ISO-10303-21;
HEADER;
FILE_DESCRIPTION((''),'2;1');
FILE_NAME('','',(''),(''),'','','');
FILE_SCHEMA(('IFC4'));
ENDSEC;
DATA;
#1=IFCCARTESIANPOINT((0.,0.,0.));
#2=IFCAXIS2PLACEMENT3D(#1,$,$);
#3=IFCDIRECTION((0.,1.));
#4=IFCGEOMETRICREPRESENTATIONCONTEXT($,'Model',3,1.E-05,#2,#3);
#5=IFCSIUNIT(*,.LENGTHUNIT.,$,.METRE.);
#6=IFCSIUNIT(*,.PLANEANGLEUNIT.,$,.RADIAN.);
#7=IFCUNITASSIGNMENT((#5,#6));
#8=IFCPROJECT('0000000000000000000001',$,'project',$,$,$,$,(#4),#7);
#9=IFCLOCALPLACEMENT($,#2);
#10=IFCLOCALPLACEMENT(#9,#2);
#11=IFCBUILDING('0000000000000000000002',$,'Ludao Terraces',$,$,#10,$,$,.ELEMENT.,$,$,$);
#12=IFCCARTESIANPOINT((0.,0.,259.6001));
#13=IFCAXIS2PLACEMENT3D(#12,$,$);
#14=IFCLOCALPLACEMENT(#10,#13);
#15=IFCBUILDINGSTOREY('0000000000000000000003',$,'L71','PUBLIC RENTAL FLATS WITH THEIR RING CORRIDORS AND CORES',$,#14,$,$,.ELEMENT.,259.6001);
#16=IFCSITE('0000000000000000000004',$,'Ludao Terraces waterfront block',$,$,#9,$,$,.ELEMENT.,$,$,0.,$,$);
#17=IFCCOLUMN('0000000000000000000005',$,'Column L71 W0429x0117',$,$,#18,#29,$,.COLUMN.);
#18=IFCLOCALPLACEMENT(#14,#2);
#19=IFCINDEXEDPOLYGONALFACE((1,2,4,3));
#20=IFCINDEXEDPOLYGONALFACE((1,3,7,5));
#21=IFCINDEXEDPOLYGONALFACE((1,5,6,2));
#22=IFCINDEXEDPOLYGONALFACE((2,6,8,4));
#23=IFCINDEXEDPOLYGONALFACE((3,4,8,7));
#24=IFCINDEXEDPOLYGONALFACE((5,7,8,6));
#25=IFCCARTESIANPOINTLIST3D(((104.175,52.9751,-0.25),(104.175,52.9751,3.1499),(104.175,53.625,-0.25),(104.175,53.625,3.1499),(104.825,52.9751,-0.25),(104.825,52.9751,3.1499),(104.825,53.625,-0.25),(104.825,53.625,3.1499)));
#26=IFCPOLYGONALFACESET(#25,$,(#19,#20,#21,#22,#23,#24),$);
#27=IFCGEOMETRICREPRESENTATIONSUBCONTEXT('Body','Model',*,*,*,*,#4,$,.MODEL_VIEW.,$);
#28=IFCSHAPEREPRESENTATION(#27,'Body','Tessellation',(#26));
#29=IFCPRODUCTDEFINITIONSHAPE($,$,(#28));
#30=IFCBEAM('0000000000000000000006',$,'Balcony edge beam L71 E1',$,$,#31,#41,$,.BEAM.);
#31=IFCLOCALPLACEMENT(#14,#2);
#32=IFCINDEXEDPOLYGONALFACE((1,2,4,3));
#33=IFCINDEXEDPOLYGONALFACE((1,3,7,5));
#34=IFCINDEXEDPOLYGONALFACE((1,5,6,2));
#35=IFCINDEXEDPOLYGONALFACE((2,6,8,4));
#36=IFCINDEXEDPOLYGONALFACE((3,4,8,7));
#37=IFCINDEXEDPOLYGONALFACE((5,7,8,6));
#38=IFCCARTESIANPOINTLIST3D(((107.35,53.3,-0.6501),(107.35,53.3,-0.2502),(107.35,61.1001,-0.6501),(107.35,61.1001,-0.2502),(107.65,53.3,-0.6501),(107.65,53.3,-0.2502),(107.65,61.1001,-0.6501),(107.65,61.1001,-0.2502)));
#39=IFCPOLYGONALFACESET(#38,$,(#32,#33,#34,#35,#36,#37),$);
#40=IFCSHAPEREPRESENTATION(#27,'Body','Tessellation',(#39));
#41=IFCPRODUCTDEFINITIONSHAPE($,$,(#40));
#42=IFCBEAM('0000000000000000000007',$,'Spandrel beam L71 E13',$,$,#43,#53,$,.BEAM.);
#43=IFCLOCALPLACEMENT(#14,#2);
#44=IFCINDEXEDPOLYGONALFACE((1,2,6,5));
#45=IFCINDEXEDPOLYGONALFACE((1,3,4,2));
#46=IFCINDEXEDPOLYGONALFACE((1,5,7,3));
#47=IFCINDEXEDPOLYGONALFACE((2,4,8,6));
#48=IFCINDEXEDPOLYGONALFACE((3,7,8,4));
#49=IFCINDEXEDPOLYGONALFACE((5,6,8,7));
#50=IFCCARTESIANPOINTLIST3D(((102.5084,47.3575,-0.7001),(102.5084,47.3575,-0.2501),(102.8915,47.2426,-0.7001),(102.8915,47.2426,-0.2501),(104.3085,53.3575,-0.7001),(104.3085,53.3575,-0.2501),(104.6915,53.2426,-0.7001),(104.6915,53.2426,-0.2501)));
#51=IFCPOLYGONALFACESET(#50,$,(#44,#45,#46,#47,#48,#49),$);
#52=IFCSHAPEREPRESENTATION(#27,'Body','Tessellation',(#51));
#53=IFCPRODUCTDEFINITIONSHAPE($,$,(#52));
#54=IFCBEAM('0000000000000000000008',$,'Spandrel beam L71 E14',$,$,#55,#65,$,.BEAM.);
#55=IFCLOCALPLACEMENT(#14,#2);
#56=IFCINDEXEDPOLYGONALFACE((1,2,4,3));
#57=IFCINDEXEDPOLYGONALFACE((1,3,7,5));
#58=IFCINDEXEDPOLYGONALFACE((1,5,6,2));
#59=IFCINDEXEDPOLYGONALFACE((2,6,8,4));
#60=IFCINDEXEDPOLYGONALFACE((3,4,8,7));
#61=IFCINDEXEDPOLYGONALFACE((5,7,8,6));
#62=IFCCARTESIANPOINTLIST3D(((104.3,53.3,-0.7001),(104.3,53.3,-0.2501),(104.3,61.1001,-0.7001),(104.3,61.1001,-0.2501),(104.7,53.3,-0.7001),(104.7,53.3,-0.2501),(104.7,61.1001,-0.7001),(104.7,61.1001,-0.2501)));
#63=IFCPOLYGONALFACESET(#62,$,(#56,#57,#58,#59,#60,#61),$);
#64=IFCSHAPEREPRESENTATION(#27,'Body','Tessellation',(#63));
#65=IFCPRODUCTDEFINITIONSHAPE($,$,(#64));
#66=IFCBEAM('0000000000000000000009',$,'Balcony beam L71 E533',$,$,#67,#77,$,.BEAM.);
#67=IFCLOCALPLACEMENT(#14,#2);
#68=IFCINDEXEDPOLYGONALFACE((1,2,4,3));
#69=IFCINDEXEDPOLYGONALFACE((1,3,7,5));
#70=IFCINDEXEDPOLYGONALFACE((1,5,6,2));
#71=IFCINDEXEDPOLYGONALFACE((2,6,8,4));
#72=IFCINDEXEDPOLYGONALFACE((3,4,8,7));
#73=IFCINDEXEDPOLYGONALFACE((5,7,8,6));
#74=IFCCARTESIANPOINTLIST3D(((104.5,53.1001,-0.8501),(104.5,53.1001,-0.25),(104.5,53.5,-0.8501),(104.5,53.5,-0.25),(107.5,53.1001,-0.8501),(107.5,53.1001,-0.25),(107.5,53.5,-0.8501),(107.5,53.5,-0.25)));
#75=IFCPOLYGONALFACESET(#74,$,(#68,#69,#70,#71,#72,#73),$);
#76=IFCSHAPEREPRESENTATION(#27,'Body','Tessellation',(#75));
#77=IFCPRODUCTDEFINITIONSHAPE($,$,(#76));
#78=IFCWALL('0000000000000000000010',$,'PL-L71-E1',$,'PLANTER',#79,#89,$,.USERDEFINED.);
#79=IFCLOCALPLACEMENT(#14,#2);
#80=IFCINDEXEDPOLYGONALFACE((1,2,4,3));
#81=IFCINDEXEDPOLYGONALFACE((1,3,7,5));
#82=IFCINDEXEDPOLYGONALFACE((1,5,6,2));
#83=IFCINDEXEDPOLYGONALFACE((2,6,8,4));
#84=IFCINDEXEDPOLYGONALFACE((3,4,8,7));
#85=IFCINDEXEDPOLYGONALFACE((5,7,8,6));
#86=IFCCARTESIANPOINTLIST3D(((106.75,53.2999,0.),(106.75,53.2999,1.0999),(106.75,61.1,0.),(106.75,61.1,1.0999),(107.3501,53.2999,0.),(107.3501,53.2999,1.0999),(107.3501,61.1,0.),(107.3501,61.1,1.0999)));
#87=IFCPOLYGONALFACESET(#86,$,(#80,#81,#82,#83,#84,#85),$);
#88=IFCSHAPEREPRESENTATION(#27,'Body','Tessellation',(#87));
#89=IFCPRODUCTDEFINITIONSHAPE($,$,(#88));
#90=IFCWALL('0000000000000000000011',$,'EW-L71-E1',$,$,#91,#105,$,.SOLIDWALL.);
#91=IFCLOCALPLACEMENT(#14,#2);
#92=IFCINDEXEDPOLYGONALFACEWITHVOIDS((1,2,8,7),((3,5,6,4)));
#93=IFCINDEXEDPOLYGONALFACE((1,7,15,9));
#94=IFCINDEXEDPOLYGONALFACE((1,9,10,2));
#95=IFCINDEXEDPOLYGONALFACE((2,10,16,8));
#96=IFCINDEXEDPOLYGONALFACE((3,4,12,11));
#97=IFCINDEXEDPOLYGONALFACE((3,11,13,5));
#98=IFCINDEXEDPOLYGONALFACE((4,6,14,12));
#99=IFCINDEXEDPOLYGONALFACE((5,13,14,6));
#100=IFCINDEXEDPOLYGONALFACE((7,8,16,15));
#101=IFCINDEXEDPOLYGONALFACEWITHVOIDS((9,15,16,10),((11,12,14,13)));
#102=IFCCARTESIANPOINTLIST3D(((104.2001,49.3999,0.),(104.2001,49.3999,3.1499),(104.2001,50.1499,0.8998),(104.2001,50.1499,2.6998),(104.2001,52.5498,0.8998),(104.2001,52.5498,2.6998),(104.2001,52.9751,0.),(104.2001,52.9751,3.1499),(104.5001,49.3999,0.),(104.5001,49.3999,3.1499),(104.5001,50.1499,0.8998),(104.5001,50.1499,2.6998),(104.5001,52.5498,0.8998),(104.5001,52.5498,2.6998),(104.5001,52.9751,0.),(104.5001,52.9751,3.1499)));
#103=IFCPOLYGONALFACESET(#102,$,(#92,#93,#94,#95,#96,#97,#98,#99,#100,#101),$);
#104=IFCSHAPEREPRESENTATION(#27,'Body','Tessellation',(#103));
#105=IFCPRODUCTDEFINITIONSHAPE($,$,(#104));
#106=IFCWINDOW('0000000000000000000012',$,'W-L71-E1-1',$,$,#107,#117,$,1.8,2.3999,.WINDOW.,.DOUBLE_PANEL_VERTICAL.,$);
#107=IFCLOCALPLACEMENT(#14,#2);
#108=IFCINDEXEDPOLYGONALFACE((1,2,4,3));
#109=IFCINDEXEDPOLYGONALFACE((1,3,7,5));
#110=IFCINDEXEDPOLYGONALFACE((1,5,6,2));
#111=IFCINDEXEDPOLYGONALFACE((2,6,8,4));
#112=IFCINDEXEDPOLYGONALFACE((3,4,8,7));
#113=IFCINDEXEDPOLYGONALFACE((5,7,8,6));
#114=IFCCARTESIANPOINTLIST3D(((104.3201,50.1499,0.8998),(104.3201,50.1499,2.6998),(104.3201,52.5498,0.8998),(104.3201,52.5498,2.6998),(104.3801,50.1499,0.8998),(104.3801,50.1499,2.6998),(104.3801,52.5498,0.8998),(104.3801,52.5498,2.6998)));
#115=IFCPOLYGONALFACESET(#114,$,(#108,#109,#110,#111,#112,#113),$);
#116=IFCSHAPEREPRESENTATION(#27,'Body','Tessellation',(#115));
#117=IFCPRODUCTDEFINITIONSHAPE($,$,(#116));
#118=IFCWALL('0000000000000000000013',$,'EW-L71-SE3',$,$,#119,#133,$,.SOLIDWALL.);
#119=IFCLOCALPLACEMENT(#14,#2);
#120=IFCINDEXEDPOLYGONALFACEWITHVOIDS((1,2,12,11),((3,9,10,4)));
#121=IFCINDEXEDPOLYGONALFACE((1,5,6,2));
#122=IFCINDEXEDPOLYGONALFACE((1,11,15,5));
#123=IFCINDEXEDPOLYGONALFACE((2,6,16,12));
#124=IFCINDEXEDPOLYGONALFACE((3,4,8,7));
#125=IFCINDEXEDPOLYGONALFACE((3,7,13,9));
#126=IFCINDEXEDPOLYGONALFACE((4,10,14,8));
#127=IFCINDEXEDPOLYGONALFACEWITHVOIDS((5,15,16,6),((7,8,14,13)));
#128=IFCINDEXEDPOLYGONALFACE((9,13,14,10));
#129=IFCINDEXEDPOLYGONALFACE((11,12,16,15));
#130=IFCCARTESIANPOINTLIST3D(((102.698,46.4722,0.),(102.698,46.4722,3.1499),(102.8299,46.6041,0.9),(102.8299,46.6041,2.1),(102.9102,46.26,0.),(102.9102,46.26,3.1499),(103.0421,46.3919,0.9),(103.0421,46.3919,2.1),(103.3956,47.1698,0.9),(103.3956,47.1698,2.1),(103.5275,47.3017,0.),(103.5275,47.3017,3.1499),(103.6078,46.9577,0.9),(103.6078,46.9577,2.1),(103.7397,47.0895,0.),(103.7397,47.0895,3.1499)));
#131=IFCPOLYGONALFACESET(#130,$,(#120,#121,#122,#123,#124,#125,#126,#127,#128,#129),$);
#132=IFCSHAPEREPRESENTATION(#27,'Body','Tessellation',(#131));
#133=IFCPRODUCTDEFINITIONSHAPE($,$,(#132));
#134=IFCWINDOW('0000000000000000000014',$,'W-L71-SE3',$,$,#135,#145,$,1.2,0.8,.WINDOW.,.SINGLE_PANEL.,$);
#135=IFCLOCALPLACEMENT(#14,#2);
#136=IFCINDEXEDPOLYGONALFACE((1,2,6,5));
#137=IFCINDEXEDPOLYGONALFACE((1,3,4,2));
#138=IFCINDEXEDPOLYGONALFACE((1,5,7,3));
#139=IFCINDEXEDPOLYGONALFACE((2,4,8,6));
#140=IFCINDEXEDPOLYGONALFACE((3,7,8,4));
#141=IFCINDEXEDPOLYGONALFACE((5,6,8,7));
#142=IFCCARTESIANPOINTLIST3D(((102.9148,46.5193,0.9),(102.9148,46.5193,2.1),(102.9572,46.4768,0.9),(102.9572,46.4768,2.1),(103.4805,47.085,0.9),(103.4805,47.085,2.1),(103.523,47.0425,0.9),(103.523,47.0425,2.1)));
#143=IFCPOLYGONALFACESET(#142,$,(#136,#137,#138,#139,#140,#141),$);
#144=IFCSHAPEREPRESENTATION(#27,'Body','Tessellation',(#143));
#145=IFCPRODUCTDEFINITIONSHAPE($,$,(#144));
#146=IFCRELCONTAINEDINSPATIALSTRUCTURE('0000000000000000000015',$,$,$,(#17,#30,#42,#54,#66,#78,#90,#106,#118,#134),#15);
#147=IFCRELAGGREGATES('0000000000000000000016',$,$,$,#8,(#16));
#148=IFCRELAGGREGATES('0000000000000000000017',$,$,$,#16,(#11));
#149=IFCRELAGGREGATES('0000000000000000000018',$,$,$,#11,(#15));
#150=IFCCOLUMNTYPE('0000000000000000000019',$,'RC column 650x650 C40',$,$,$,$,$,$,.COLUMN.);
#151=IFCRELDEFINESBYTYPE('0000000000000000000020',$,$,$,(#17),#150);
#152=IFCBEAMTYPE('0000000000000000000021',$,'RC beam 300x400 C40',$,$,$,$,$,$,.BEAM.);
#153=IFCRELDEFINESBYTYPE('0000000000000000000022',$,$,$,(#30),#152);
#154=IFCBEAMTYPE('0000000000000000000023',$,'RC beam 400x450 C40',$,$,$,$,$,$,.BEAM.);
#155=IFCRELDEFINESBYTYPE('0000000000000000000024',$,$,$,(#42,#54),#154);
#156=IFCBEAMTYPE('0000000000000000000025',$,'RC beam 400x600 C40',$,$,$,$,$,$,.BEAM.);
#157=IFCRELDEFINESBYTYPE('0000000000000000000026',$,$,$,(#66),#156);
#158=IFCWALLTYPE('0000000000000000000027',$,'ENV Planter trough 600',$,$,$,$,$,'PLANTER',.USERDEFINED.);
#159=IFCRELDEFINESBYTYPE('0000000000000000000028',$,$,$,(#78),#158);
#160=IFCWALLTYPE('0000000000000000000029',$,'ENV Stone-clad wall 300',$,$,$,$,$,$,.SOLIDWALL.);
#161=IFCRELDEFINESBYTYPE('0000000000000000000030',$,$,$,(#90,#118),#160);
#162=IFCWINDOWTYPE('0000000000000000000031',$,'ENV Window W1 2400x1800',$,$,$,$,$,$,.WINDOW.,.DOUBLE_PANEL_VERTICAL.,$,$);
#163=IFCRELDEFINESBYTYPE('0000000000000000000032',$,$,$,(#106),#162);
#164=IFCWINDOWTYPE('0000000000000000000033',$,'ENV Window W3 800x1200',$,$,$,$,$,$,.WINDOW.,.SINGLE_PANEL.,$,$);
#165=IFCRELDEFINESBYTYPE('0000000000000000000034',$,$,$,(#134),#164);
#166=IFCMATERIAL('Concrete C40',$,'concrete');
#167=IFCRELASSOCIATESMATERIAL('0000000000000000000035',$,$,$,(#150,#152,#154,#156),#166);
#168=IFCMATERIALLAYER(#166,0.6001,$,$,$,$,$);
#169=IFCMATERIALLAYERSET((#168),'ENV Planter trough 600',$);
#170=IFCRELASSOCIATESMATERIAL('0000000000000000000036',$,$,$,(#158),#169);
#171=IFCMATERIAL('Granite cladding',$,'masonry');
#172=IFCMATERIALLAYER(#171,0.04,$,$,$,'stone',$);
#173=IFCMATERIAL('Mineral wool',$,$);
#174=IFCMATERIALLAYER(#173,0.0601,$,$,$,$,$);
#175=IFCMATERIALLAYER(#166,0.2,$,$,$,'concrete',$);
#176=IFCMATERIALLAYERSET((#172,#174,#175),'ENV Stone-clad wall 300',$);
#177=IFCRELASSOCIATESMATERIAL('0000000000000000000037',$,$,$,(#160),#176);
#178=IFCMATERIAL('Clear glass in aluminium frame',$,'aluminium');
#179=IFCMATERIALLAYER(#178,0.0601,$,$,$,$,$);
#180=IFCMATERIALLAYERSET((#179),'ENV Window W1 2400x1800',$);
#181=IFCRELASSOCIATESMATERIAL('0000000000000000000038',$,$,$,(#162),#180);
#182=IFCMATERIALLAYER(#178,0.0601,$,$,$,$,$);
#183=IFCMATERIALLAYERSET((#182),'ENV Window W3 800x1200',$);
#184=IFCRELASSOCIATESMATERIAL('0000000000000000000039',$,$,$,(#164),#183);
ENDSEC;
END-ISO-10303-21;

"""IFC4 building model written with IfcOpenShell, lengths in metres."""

from ifc_helpers import new_model, si_unit, direction, frame, frame_2d, origin, origin_2d, place, context, subcontext, project, spatial, rectangle, extrude, material, layer, layer_set, material_profile, profile_set, type_object, element, fill, save


model = new_model("IFC4")

# Units and contexts
model_context = context("Model", 3, precision=1e-05, world=origin(), true_north=direction((0.0, 1.0)))
body_context = subcontext(model_context, "Body", "Model", "MODEL_VIEW")
ifc_project = project(units=[si_unit("LENGTHUNIT", "METRE"), si_unit("PLANEANGLEUNIT", "RADIAN")], contexts=[model_context])

# Site, building, storey
site_placement = place(None, origin())
site = spatial("IfcSite", under=ifc_project, at=site_placement, Name="Ludao Terraces waterfront block", CompositionType="ELEMENT", RefElevation=0.0)
building_placement = place(site_placement, origin())
building = spatial("IfcBuilding", under=site, at=building_placement, Name="Ludao Terraces", CompositionType="ELEMENT")
storey_placement = place(building_placement, frame((0.0, 0.0, 259.6001)))
storey = spatial("IfcBuildingStorey", under=building, at=storey_placement, Name="L71", Description="PUBLIC RENTAL FLATS WITH THEIR RING CORRIDORS AND CORES", CompositionType="ELEMENT", Elevation=259.6001)

# Column
ifc_material_1 = material(Name="Concrete C40", Category="concrete")
ifc_material_profile_1 = material_profile(ifc_material_1, rectangle(XDim=0.6499, YDim=0.6499, at=origin_2d()), Name="650 X 650")
ifc_profile_set_1 = profile_set([ifc_material_profile_1], Name="Concrete C40")
column_type = type_object("IfcColumnType", Name="RC column 650x650 C40", PredefinedType="COLUMN", material=ifc_profile_set_1)
column_placement = place(storey_placement, frame((104.5, 53.3, -0.25), z_axis=(0.0, 0.0, 1.0), x_axis=(1.0, 0.0, 0.0)))
element("IfcColumn", 1, at=column_placement, inside=storey, type_object=column_type, Name="Column L71 W0429x0117", PredefinedType="COLUMN", context=body_context, shape_type="SweptSolid", body=[
    extrude(rectangle(XDim=0.6499, YDim=0.6499, at=origin_2d()), origin(), (0.0, 0.0, 1.0), 3.3999),
])

# Beams
ifc_material_profile_2 = material_profile(ifc_material_1, rectangle(XDim=0.3, YDim=0.3999, at=origin_2d()), Name="300 X 400")
ifc_profile_set_2 = profile_set([ifc_material_profile_2], Name="Concrete C40")
beam_type_1 = type_object("IfcBeamType", Name="RC beam 300x400 C40", PredefinedType="BEAM", material=ifc_profile_set_2)
beam_1_placement = place(storey_placement, frame((107.5, 53.3, -0.4502), z_axis=(0.0, 1.0, 0.0), x_axis=(-1.0, 0.0, 0.0)))
element("IfcBeam", 2, at=beam_1_placement, inside=storey, type_object=beam_type_1, Name="Balcony edge beam L71 E1", PredefinedType="BEAM", context=body_context, shape_type="SweptSolid", body=[
    extrude(rectangle(XDim=0.3, YDim=0.3999, at=origin_2d()), origin(), (0.0, 0.0, 1.0), 7.8),
])
ifc_material_profile_3 = material_profile(ifc_material_1, rectangle(XDim=0.3999, YDim=0.45, at=origin_2d()), Name="400 X 450")
ifc_profile_set_3 = profile_set([ifc_material_profile_3], Name="Concrete C40")
beam_type_2 = type_object("IfcBeamType", Name="RC beam 400x450 C40", PredefinedType="BEAM", material=ifc_profile_set_3)
beam_2_placement = place(storey_placement, frame((102.7, 47.3, -0.4751), z_axis=(0.287355, 0.957824, 0.0), x_axis=(-0.957824, 0.287355, 0.0)))
element("IfcBeam", 3, at=beam_2_placement, inside=storey, type_object=beam_type_2, Name="Spandrel beam L71 E13", PredefinedType="BEAM", context=body_context, shape_type="SweptSolid", body=[
    extrude(rectangle(XDim=0.3999, YDim=0.45, at=origin_2d()), origin(), (0.0, 0.0, 1.0), 6.2642),
])
beam_3_placement = place(storey_placement, frame((104.5, 53.3, -0.4751), z_axis=(0.0, 1.0, 0.0), x_axis=(-1.0, 0.0, 0.0)))
element("IfcBeam", 4, at=beam_3_placement, inside=storey, type_object=beam_type_2, Name="Spandrel beam L71 E14", PredefinedType="BEAM", context=body_context, shape_type="SweptSolid", body=[
    extrude(rectangle(XDim=0.3999, YDim=0.45, at=origin_2d()), origin(), (0.0, 0.0, 1.0), 7.8),
])
ifc_material_profile_4 = material_profile(ifc_material_1, rectangle(XDim=0.3999, YDim=0.6001, at=origin_2d()), Name="400 X 600")
ifc_profile_set_4 = profile_set([ifc_material_profile_4], Name="Concrete C40")
beam_type_3 = type_object("IfcBeamType", Name="RC beam 400x600 C40", PredefinedType="BEAM", material=ifc_profile_set_4)
beam_4_placement = place(storey_placement, frame((104.5, 53.3, -0.55), z_axis=(1.0, 0.0, 0.0), x_axis=(0.0, 1.0, 0.0)))
element("IfcBeam", 5, at=beam_4_placement, inside=storey, type_object=beam_type_3, Name="Balcony beam L71 E533", PredefinedType="BEAM", context=body_context, shape_type="SweptSolid", body=[
    extrude(rectangle(XDim=0.3999, YDim=0.6001, at=origin_2d()), origin(), (0.0, 0.0, 1.0), 3.0),
])

# Wall
ifc_layer_1 = layer(ifc_material_1, 0.6001)
ifc_layer_set_1 = layer_set([ifc_layer_1], Name="ENV Planter trough 600")
wall_type_1 = type_object("IfcWallType", Name="ENV Planter trough 600", ElementType="PLANTER", PredefinedType="USERDEFINED", material=ifc_layer_set_1)
wall_1_placement = place(storey_placement, frame((107.05, 53.3, 0.0), z_axis=(0.0, 0.0, 1.0), x_axis=(0.0, 1.0, 0.0)))
element("IfcWall", 6, at=wall_1_placement, inside=storey, type_object=wall_type_1, Name="PL-L71-E1", ObjectType="PLANTER", PredefinedType="USERDEFINED", context=body_context, shape_type="SweptSolid", body=[
    extrude(rectangle(XDim=7.8, YDim=0.6001, at=frame_2d((3.8999, 0.0))), origin(), (0.0, 0.0, 1.0), 1.0999),
])

# Walls, openings, windows
ifc_material_2 = material(Name="Granite cladding", Category="masonry")
ifc_layer_2 = layer(ifc_material_2, 0.04, Category="stone")
ifc_material_3 = material(Name="Mineral wool")
ifc_layer_3 = layer(ifc_material_3, 0.0601)
ifc_layer_4 = layer(ifc_material_1, 0.2, Category="concrete")
ifc_layer_set_2 = layer_set([ifc_layer_2, ifc_layer_3, ifc_layer_4], Name="ENV Stone-clad wall 300")
wall_type_2 = type_object("IfcWallType", Name="ENV Stone-clad wall 300", PredefinedType="SOLIDWALL", material=ifc_layer_set_2)
wall_2_placement = place(storey_placement, frame((104.3501, 49.3999, 0.0), z_axis=(0.0, 0.0, 1.0), x_axis=(0.0, 1.0, 0.0)))
wall_2 = element("IfcWall", 7, at=wall_2_placement, inside=storey, type_object=wall_type_2, Name="EW-L71-E1", PredefinedType="SOLIDWALL", context=body_context, shape_type="SweptSolid", body=[
    extrude(rectangle(XDim=3.5752, YDim=0.3, at=frame_2d((1.7876, 0.0))), origin(), (0.0, 0.0, 1.0), 3.1499),
])
opening_1_placement = place(wall_2_placement, frame((0.75, 0.0, 0.8999)))
opening_1 = element("IfcOpeningElement", 8, at=opening_1_placement, cuts=wall_2, PredefinedType="OPENING", context=body_context, shape_type="SweptSolid", body=[
    extrude(rectangle(XDim=2.3999, YDim=1.8, at=frame_2d((1.2, 0.8999))), frame((0.0, 0.1602, 0.0), z_axis=(0.0, -1.0, 0.0), x_axis=(1.0, 0.0, 0.0)), (0.0, 0.0, 1.0), 0.3201),
])
ifc_material_4 = material(Name="Clear glass in aluminium frame", Category="aluminium")
ifc_layer_5 = layer(ifc_material_4, 0.0601)
ifc_layer_set_3 = layer_set([ifc_layer_5], Name="ENV Window W1 2400x1800")
window_type_1 = type_object("IfcWindowType", Name="ENV Window W1 2400x1800", PartitioningType="DOUBLE_PANEL_VERTICAL", PredefinedType="WINDOW", material=ifc_layer_set_3)
window_1_placement = place(opening_1_placement, origin())
window_1 = element("IfcWindow", 9, at=window_1_placement, inside=storey, type_object=window_type_1, Name="W-L71-E1-1", OverallHeight=1.8, OverallWidth=2.3999, PartitioningType="DOUBLE_PANEL_VERTICAL", PredefinedType="WINDOW", context=body_context, shape_type="SweptSolid", body=[
    extrude(rectangle(XDim=2.3999, YDim=1.8, at=frame_2d((1.2, 0.8999))), frame((0.0, 0.03, 0.0), z_axis=(0.0, -1.0, 0.0), x_axis=(1.0, 0.0, 0.0)), (0.0, 0.0, 1.0), 0.0601),
])
fill(opening_1, window_1)
wall_3_placement = place(storey_placement, frame((102.8042, 46.3662, 0.0), z_axis=(0.0, 0.0, 1.0), x_axis=(0.707107, 0.707107, 0.0)))
wall_3 = element("IfcWall", 10, at=wall_3_placement, inside=storey, type_object=wall_type_2, Name="EW-L71-SE3", PredefinedType="SOLIDWALL", context=body_context, shape_type="SweptSolid", body=[
    extrude(rectangle(XDim=1.1731, YDim=0.3, at=frame_2d((0.5864, 0.0))), origin(), (0.0, 0.0, 1.0), 3.1499),
])
opening_2_placement = place(wall_3_placement, frame((0.1865, 0.0, 0.8999)))
opening_2 = element("IfcOpeningElement", 11, at=opening_2_placement, cuts=wall_3, PredefinedType="OPENING", context=body_context, shape_type="SweptSolid", body=[
    extrude(rectangle(XDim=0.8, YDim=1.2, at=frame_2d((0.3999, 0.6001))), frame((0.0, 0.1602, 0.0), z_axis=(0.0, -1.0, 0.0), x_axis=(1.0, 0.0, 0.0)), (0.0, 0.0, 1.0), 0.3201),
])
ifc_layer_6 = layer(ifc_material_4, 0.0601)
ifc_layer_set_4 = layer_set([ifc_layer_6], Name="ENV Window W3 800x1200")
window_type_2 = type_object("IfcWindowType", Name="ENV Window W3 800x1200", PartitioningType="SINGLE_PANEL", PredefinedType="WINDOW", material=ifc_layer_set_4)
window_2_placement = place(opening_2_placement, origin())
window_2 = element("IfcWindow", 12, at=window_2_placement, inside=storey, type_object=window_type_2, Name="W-L71-SE3", OverallHeight=1.2, OverallWidth=0.8, PartitioningType="SINGLE_PANEL", PredefinedType="WINDOW", context=body_context, shape_type="SweptSolid", body=[
    extrude(rectangle(XDim=0.8, YDim=1.2, at=frame_2d((0.3999, 0.6001))), frame((0.0, 0.03, 0.0), z_axis=(0.0, -1.0, 0.0), x_axis=(1.0, 0.0, 0.0)), (0.0, 0.0, 1.0), 0.0601),
])
fill(opening_2, window_2)

save(model, "model.ifc")
